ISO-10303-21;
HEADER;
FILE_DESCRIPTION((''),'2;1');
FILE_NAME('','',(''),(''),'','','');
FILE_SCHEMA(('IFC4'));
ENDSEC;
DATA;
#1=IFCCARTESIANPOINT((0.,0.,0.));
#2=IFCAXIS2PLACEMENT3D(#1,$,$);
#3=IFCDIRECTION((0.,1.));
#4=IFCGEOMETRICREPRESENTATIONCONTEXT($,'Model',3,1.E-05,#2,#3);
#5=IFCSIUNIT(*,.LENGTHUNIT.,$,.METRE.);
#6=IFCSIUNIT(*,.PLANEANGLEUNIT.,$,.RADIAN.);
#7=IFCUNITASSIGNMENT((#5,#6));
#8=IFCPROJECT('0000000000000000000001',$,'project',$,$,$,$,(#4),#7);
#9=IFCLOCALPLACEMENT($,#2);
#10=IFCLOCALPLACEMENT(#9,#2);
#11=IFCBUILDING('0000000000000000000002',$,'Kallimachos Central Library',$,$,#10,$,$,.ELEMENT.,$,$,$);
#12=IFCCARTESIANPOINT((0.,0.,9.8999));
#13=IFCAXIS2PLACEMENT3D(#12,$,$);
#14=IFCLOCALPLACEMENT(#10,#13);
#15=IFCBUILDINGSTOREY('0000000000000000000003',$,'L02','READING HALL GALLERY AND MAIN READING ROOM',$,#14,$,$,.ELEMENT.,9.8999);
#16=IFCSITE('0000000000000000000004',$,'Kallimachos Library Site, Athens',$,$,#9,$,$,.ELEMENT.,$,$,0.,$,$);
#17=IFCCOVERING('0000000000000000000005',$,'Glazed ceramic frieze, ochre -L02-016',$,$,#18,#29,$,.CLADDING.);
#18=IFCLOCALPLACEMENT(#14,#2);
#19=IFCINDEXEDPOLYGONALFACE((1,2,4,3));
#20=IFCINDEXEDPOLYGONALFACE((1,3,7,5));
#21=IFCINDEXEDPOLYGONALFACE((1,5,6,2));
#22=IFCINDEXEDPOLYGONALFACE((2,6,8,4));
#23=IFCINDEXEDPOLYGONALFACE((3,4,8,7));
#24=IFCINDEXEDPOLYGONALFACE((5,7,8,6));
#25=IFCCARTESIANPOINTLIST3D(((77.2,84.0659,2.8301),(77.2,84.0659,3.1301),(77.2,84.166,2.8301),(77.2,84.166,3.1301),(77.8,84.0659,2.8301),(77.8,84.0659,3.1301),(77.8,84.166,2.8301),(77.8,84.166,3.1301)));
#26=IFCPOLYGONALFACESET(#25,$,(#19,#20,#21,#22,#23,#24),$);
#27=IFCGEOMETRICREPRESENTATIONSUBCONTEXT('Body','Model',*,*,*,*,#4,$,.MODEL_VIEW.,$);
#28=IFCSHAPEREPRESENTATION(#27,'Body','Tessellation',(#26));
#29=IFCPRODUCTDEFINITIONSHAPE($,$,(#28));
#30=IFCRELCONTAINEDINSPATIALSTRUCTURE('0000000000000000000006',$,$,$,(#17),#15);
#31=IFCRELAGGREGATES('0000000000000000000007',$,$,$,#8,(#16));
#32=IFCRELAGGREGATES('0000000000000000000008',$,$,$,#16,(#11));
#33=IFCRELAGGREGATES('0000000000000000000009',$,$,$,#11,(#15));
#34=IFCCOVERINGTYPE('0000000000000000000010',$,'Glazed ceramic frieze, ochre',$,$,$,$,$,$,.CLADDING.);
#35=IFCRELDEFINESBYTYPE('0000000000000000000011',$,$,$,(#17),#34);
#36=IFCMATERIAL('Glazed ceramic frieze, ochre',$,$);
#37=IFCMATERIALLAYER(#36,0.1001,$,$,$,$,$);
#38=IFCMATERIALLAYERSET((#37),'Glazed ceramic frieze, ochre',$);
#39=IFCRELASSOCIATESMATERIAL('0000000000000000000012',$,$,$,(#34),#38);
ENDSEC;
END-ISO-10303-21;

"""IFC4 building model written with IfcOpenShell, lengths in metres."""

from ifc_helpers import new_model, si_unit, direction, frame, origin, origin_2d, place, context, subcontext, project, spatial, rectangle, extrude, material, layer, layer_set, type_object, element, save


model = new_model("IFC4")

# Units and contexts
model_context = context("Model", 3, precision=1e-05, world=origin(), true_north=direction((0.0, 1.0)))
body_context = subcontext(model_context, "Body", "Model", "MODEL_VIEW")
ifc_project = project(units=[si_unit("LENGTHUNIT", "METRE"), si_unit("PLANEANGLEUNIT", "RADIAN")], contexts=[model_context])

# Site, building, storey
site_placement = place(None, origin())
site = spatial("IfcSite", under=ifc_project, at=site_placement, Name="Kallimachos Library Site, Athens", CompositionType="ELEMENT", RefElevation=0.0)
building_placement = place(site_placement, origin())
building = spatial("IfcBuilding", under=site, at=building_placement, Name="Kallimachos Central Library", CompositionType="ELEMENT")
storey_placement = place(building_placement, frame((0.0, 0.0, 9.8999)))
storey = spatial("IfcBuildingStorey", under=building, at=storey_placement, Name="L02", Description="READING HALL GALLERY AND MAIN READING ROOM", CompositionType="ELEMENT", Elevation=9.8999)

# Covering
ifc_material_1 = material(Name="Glazed ceramic frieze, ochre")
ifc_layer_1 = layer(ifc_material_1, 0.1001)
ifc_layer_set_1 = layer_set([ifc_layer_1], Name="Glazed ceramic frieze, ochre")
covering_type_1 = type_object("IfcCoveringType", Name="Glazed ceramic frieze, ochre", PredefinedType="CLADDING", material=ifc_layer_set_1)
covering_1_placement = place(storey_placement, frame((77.5, 84.116, 2.8301), z_axis=(0.0, 0.0, 1.0), x_axis=(1.0, 0.0, 0.0)))
element("IfcCovering", 1, at=covering_1_placement, inside=storey, type_object=covering_type_1, Name="Glazed ceramic frieze, ochre -L02-016", PredefinedType="CLADDING", context=body_context, shape_type="SweptSolid", body=[
    extrude(rectangle(XDim=0.6001, YDim=0.1001, at=origin_2d()), origin(), (0.0, 0.0, 1.0), 0.3),
])

save(model, "model.ifc")
